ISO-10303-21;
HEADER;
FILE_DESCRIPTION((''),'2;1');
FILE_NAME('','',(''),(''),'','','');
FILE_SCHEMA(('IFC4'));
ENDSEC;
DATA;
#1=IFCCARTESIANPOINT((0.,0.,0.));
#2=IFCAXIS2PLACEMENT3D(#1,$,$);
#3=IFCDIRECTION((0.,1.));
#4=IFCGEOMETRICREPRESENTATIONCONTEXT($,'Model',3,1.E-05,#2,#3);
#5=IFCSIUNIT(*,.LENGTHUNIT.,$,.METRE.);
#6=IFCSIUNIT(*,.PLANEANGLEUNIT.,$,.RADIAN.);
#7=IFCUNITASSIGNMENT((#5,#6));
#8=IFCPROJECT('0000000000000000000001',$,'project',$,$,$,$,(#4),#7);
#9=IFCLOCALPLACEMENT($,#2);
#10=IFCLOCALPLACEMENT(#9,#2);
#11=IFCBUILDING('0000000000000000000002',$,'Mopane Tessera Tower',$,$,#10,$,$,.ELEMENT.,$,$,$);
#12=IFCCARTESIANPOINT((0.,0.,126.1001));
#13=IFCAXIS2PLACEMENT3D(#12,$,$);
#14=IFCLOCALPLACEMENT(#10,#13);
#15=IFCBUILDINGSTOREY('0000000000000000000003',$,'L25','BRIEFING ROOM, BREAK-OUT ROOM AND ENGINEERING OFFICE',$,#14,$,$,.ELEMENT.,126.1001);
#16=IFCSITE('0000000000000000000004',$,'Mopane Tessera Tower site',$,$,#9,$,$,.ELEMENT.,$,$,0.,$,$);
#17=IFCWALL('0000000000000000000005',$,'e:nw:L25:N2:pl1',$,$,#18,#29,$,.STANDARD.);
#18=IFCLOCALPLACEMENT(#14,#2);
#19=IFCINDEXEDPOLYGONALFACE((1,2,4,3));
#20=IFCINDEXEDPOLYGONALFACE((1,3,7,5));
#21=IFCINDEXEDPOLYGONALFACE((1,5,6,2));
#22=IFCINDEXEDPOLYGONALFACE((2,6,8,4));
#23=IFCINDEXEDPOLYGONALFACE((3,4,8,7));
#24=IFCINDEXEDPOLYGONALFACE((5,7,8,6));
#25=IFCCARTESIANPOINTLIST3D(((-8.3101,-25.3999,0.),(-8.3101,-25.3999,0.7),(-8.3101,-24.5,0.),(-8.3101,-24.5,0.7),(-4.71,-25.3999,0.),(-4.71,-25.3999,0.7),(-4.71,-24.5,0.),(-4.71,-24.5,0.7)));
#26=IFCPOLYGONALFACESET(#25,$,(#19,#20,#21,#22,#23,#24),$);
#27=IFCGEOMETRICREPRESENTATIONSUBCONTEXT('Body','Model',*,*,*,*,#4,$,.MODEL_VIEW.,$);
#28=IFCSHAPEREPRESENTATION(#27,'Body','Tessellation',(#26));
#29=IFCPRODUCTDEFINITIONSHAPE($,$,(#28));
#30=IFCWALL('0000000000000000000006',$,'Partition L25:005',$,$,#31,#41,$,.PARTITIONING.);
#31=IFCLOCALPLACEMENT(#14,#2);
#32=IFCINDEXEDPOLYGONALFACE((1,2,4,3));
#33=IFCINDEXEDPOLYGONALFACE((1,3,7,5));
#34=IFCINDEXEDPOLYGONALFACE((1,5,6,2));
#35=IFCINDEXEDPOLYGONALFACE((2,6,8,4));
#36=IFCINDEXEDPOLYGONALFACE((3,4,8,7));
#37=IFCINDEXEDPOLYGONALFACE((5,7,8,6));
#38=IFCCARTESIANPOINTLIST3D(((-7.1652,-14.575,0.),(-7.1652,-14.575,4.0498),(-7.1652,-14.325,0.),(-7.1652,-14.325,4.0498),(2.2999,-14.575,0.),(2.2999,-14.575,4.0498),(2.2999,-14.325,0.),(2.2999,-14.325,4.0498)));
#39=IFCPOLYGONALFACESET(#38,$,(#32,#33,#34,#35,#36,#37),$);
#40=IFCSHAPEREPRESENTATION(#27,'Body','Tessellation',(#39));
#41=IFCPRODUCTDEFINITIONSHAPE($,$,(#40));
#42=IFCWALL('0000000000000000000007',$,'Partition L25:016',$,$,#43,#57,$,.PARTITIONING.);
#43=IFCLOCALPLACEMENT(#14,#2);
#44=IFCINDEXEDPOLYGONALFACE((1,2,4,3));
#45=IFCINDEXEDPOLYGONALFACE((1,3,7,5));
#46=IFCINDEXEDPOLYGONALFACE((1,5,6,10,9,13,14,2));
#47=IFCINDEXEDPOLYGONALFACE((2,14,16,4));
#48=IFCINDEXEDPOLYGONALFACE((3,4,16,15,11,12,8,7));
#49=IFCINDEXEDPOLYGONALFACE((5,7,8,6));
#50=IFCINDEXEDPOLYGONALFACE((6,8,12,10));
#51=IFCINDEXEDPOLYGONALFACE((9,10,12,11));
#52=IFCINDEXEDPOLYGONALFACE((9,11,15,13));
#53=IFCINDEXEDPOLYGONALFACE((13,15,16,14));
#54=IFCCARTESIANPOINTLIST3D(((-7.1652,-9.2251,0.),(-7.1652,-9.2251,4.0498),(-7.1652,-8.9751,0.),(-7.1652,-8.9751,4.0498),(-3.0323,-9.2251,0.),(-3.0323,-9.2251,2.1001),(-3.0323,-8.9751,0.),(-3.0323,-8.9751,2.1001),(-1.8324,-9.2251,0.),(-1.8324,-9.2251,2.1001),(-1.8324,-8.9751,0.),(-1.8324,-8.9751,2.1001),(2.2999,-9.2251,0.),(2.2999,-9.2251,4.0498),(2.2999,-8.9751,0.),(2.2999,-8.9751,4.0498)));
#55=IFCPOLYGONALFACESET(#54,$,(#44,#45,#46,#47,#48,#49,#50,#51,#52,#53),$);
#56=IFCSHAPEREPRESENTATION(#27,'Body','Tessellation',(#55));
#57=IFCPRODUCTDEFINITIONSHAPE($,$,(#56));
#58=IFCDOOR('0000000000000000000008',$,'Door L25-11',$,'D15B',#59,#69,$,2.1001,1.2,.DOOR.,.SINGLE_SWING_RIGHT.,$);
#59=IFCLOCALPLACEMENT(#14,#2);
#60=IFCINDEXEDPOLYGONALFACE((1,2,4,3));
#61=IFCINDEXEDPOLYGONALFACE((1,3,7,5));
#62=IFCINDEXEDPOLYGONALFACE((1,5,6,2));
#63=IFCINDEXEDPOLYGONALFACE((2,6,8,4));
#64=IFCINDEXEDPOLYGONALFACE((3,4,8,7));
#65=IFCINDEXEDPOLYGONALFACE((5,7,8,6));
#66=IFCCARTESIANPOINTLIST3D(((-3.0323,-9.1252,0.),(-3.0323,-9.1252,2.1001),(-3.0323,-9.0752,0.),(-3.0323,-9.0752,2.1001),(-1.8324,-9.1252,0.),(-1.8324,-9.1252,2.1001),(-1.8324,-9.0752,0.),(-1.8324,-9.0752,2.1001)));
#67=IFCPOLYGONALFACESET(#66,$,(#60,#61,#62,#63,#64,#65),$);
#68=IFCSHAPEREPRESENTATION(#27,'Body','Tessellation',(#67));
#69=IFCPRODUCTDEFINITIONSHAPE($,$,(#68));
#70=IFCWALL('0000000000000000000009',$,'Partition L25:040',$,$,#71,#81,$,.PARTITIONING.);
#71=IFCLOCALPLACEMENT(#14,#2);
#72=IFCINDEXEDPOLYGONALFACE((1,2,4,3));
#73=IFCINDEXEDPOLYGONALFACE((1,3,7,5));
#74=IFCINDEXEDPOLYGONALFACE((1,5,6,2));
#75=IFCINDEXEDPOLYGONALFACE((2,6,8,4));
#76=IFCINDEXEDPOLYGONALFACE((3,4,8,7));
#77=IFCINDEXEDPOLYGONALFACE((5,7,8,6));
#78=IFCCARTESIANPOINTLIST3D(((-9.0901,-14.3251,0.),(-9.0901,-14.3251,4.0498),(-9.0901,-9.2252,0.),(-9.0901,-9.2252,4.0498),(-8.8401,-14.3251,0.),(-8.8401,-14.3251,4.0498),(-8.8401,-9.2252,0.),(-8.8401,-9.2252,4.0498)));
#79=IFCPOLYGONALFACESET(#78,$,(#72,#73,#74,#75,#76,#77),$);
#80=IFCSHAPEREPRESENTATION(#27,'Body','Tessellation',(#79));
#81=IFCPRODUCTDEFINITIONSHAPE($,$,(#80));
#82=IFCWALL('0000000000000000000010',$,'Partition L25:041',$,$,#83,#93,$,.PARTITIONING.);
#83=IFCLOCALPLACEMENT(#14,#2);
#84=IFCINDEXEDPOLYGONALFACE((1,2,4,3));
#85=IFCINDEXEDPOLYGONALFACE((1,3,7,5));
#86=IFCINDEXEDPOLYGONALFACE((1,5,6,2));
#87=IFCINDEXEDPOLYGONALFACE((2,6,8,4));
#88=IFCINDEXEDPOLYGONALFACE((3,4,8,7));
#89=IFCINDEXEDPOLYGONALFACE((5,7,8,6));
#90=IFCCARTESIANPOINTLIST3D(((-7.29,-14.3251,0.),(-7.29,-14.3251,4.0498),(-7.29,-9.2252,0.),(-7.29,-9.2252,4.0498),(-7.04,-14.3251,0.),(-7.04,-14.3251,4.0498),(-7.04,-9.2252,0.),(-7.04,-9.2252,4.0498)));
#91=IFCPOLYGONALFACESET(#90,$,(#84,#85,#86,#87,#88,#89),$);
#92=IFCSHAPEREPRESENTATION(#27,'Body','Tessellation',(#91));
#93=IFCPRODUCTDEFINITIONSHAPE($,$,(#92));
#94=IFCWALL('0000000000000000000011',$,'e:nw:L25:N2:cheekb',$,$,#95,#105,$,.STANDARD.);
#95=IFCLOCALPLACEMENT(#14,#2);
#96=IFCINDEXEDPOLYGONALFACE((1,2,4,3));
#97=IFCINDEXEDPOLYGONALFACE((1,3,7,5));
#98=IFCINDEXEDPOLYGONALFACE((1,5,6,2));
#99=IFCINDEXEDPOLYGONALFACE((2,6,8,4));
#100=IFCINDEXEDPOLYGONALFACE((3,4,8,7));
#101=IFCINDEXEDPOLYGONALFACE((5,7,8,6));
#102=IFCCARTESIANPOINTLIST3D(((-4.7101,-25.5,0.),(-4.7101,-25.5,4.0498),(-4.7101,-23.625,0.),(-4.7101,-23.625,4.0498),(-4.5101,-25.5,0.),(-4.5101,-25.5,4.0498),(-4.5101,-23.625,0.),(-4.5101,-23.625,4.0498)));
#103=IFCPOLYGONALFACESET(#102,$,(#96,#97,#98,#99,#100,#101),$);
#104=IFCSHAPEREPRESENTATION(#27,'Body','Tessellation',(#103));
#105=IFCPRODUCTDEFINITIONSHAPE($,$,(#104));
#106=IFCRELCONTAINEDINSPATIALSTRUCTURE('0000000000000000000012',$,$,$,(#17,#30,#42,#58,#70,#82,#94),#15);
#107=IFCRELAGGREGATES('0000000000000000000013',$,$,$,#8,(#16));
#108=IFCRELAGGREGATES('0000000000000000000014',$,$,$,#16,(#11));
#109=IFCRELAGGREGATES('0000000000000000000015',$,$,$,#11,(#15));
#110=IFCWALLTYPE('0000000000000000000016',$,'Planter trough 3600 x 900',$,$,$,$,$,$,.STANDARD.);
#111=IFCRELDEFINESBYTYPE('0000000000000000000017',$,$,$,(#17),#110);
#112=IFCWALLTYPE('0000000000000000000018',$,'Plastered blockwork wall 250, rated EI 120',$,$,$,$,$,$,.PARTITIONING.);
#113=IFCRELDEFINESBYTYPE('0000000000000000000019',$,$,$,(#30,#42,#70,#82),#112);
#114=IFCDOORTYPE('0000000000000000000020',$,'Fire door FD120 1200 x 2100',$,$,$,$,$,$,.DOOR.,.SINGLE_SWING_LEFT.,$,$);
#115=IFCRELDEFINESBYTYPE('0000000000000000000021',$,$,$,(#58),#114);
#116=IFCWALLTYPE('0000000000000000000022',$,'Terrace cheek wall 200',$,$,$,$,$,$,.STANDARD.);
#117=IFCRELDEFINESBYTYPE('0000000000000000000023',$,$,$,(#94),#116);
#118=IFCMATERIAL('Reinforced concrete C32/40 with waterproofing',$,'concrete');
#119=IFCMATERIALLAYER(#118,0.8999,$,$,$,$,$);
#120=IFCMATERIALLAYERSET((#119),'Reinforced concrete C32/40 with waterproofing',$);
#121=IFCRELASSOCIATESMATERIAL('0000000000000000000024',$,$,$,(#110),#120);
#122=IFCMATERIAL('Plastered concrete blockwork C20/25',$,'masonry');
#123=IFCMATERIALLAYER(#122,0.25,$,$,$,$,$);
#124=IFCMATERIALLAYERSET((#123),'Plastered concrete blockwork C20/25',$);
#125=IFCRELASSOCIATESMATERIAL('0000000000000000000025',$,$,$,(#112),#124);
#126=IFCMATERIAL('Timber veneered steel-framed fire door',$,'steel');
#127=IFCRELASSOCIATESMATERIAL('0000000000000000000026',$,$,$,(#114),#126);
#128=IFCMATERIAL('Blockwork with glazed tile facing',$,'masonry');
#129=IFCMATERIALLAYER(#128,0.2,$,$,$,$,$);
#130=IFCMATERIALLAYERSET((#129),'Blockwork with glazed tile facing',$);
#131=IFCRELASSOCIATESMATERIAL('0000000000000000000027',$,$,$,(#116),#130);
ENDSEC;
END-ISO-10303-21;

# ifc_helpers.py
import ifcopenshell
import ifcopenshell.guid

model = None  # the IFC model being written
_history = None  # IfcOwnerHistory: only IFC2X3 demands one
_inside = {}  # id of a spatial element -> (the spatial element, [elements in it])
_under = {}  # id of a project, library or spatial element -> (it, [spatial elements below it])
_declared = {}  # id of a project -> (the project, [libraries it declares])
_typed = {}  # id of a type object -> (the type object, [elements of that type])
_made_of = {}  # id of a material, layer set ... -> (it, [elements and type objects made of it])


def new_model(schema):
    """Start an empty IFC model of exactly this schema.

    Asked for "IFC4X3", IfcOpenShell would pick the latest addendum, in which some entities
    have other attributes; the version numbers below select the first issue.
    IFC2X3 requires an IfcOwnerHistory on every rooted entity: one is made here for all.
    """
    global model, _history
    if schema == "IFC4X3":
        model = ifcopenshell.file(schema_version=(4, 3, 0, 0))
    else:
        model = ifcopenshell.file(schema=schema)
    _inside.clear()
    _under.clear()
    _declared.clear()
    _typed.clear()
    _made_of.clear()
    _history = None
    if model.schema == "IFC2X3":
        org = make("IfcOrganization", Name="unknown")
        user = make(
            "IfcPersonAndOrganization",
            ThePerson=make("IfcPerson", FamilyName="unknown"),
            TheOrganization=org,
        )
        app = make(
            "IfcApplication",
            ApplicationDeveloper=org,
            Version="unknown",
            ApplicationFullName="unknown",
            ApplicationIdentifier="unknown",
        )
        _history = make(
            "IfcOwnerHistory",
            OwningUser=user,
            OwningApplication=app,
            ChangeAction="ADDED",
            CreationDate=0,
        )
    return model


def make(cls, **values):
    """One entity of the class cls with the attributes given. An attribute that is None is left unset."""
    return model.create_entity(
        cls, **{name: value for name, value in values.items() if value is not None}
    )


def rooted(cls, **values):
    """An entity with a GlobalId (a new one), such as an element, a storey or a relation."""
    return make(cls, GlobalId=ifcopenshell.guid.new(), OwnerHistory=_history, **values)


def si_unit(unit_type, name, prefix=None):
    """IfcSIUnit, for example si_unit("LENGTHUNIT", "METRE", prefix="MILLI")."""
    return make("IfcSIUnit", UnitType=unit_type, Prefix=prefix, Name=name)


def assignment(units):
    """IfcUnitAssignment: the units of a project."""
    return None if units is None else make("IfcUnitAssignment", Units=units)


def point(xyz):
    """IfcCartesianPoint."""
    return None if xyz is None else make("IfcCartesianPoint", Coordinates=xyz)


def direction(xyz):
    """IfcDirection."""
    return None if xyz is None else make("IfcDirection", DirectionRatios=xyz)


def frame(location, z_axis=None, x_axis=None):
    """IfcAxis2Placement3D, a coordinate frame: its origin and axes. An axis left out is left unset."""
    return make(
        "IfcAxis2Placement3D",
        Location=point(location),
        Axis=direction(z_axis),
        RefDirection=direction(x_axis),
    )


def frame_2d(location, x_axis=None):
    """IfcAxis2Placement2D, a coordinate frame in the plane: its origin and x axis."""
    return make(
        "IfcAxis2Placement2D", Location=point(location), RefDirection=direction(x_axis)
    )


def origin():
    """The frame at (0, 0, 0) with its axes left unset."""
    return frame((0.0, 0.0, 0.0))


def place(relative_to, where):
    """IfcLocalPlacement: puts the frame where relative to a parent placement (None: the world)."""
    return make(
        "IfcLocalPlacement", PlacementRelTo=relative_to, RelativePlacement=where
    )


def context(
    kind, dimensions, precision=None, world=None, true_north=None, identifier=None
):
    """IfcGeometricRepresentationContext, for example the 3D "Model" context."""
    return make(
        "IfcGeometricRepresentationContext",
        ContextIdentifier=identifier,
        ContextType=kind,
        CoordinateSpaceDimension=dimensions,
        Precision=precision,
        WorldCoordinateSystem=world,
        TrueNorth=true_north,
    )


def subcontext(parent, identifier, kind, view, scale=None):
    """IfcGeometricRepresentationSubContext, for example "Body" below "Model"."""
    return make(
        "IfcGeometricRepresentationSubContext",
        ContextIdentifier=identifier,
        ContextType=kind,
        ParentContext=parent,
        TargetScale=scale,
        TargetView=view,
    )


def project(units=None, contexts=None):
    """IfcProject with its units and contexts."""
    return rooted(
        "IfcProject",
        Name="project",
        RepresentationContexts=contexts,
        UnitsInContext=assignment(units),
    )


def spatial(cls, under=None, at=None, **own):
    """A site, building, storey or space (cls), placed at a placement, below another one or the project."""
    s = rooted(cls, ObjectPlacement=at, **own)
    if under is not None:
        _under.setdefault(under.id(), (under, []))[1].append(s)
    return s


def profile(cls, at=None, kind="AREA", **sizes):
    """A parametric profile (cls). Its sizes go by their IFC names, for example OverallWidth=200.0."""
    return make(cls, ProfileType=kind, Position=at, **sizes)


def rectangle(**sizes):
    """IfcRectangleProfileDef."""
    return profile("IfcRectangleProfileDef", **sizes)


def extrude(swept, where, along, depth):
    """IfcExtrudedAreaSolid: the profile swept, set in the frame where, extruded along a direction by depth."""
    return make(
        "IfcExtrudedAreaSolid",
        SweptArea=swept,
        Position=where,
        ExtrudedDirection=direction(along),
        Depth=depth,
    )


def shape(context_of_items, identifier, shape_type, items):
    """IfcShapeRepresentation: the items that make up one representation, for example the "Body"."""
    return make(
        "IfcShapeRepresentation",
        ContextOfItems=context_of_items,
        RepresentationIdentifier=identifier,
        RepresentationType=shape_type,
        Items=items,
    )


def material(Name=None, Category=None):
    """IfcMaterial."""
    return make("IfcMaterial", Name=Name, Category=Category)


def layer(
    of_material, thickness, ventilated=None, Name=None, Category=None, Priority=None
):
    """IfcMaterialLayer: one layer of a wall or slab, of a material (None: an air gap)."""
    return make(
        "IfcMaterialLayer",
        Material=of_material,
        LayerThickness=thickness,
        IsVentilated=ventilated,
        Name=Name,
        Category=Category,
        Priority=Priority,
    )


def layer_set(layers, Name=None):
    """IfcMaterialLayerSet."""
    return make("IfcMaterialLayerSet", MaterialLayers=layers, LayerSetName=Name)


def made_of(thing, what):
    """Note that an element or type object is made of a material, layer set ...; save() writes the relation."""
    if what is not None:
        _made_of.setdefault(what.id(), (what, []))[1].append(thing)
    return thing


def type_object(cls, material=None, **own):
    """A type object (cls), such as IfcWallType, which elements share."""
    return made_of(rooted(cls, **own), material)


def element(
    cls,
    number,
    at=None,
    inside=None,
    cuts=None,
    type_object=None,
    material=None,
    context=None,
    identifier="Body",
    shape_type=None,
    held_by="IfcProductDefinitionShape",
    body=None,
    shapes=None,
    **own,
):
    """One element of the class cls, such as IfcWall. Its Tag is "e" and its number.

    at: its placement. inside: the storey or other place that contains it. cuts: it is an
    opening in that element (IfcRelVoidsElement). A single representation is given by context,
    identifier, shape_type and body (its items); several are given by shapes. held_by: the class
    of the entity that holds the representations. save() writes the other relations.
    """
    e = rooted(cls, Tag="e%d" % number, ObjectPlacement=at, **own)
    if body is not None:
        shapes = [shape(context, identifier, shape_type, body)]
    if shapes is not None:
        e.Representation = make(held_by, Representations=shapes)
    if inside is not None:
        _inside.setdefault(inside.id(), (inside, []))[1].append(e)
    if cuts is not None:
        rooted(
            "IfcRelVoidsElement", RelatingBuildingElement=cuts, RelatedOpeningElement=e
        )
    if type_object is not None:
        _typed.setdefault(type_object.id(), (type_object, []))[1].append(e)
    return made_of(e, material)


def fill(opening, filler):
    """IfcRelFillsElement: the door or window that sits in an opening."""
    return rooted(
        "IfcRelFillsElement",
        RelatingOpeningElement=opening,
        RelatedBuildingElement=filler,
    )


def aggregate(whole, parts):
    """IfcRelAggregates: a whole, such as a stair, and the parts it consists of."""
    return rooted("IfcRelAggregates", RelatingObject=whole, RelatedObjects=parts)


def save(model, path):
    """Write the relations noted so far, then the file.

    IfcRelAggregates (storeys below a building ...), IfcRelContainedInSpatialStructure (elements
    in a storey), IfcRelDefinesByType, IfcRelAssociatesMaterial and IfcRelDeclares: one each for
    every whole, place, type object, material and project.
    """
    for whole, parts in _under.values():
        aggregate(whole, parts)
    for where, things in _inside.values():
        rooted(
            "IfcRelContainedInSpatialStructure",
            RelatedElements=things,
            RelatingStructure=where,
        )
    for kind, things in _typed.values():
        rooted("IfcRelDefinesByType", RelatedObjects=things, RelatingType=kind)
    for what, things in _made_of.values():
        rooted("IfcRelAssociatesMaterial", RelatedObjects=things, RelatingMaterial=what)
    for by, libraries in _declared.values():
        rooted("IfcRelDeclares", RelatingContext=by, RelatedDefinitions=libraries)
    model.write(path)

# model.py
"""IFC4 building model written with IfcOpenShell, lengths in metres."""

from ifc_helpers import new_model, si_unit, direction, frame, frame_2d, origin, place, context, subcontext, project, spatial, rectangle, extrude, material, layer, layer_set, type_object, element, fill, save


model = new_model("IFC4")

# Units and contexts
model_context = context("Model", 3, precision=1e-05, world=origin(), true_north=direction((0.0, 1.0)))
body_context = subcontext(model_context, "Body", "Model", "MODEL_VIEW")
ifc_project = project(units=[si_unit("LENGTHUNIT", "METRE"), si_unit("PLANEANGLEUNIT", "RADIAN")], contexts=[model_context])

# Site, building, storey
site_placement = place(None, origin())
site = spatial("IfcSite", under=ifc_project, at=site_placement, Name="Mopane Tessera Tower site", CompositionType="ELEMENT", RefElevation=0.0)
building_placement = place(site_placement, origin())
building = spatial("IfcBuilding", under=site, at=building_placement, Name="Mopane Tessera Tower", CompositionType="ELEMENT")
storey_placement = place(building_placement, frame((0.0, 0.0, 126.1001)))
storey = spatial("IfcBuildingStorey", under=building, at=storey_placement, Name="L25", Description="BRIEFING ROOM, BREAK-OUT ROOM AND ENGINEERING OFFICE", CompositionType="ELEMENT", Elevation=126.1001)

# Walls
ifc_material_1 = material(Name="Reinforced concrete C32/40 with waterproofing", Category="concrete")
ifc_layer_1 = layer(ifc_material_1, 0.8999)
ifc_layer_set_1 = layer_set([ifc_layer_1], Name="Reinforced concrete C32/40 with waterproofing")
wall_type_1 = type_object("IfcWallType", Name="Planter trough 3600 x 900", PredefinedType="STANDARD", material=ifc_layer_set_1)
wall_1_placement = place(storey_placement, frame((-8.3101, -24.95, 0.0), z_axis=(0.0, 0.0, 1.0), x_axis=(1.0, 0.0, 0.0)))
element("IfcWall", 1, at=wall_1_placement, inside=storey, type_object=wall_type_1, Name="e:nw:L25:N2:pl1", PredefinedType="STANDARD", context=body_context, shape_type="SweptSolid", body=[
    extrude(rectangle(XDim=3.6001, YDim=0.8999, at=frame_2d((1.8, 0.0))), origin(), (0.0, 0.0, 1.0), 0.7),
])
ifc_material_2 = material(Name="Plastered concrete blockwork C20/25", Category="masonry")
ifc_layer_2 = layer(ifc_material_2, 0.25)
ifc_layer_set_2 = layer_set([ifc_layer_2], Name="Plastered concrete blockwork C20/25")
wall_type_2 = type_object("IfcWallType", Name="Plastered blockwork wall 250, rated EI 120", PredefinedType="PARTITIONING", material=ifc_layer_set_2)
wall_2_placement = place(storey_placement, frame((-7.165, -14.45, 0.0), z_axis=(0.0, 0.0, 1.0), x_axis=(1.0, 0.0, 0.0)))
element("IfcWall", 2, at=wall_2_placement, inside=storey, type_object=wall_type_2, Name="Partition L25:005", PredefinedType="PARTITIONING", context=body_context, shape_type="SweptSolid", body=[
    extrude(rectangle(XDim=9.4651, YDim=0.25, at=frame_2d((4.7324, 0.0))), origin(), (0.0, 0.0, 1.0), 4.0498),
])

# Wall, opening, door
wall_3_placement = place(storey_placement, frame((-7.165, -9.1001, 0.0), z_axis=(0.0, 0.0, 1.0), x_axis=(1.0, 0.0, 0.0)))
wall_3 = element("IfcWall", 3, at=wall_3_placement, inside=storey, type_object=wall_type_2, Name="Partition L25:016", PredefinedType="PARTITIONING", context=body_context, shape_type="SweptSolid", body=[
    extrude(rectangle(XDim=9.4651, YDim=0.25, at=frame_2d((4.7324, 0.0))), origin(), (0.0, 0.0, 1.0), 4.0498),
])
opening_1_placement = place(wall_3_placement, frame((4.1326, 0.0, 0.0)))
opening_1 = element("IfcOpeningElement", 4, at=opening_1_placement, cuts=wall_3, PredefinedType="OPENING", context=body_context, shape_type="SweptSolid", body=[
    extrude(rectangle(XDim=1.2, YDim=2.1001, at=frame_2d((0.6001, 1.05))), frame((0.0, 0.137, 0.0), z_axis=(0.0, -1.0, 0.0), x_axis=(1.0, 0.0, 0.0)), (0.0, 0.0, 1.0), 0.2739),
])
ifc_material_3 = material(Name="Timber veneered steel-framed fire door", Category="steel")
door_type_1 = type_object("IfcDoorType", Name="Fire door FD120 1200 x 2100", OperationType="SINGLE_SWING_LEFT", PredefinedType="DOOR", material=ifc_material_3)
door_1_placement = place(opening_1_placement, origin())
door_1 = element("IfcDoor", 5, at=door_1_placement, inside=storey, type_object=door_type_1, Name="Door L25-11", ObjectType="D15B", OperationType="SINGLE_SWING_RIGHT", OverallHeight=2.1001, OverallWidth=1.2, PredefinedType="DOOR", context=body_context, shape_type="SweptSolid", body=[
    extrude(rectangle(XDim=1.2, YDim=2.1001, at=frame_2d((0.6001, 1.05))), frame((0.0, 0.0249, 0.0), z_axis=(0.0, -1.0, 0.0), x_axis=(1.0, 0.0, 0.0)), (0.0, 0.0, 1.0), 0.05),
])
fill(opening_1, door_1)

# Walls
for number, where, z_axis, x_axis, name in (
    (6, (-8.9651, -14.325, 0.0), (0.0, 0.0, 1.0), (0.0, 1.0, 0.0), "Partition L25:040"),
    (7, (-7.165, -14.325, 0.0), (0.0, 0.0, 1.0), (0.0, 1.0, 0.0), "Partition L25:041"),
):
    element("IfcWall", number, at=place(storey_placement, frame(where, z_axis=z_axis, x_axis=x_axis)), inside=storey, type_object=wall_type_2, Name=name, PredefinedType="PARTITIONING", context=body_context, shape_type="SweptSolid", body=[
        extrude(rectangle(XDim=5.0999, YDim=0.25, at=frame_2d((2.5498, 0.0))), origin(), (0.0, 0.0, 1.0), 4.0498),
    ])
ifc_material_4 = material(Name="Blockwork with glazed tile facing", Category="masonry")
ifc_layer_3 = layer(ifc_material_4, 0.2)
ifc_layer_set_3 = layer_set([ifc_layer_3], Name="Blockwork with glazed tile facing")
wall_type_3 = type_object("IfcWallType", Name="Terrace cheek wall 200", PredefinedType="STANDARD", material=ifc_layer_set_3)
wall_4_placement = place(storey_placement, frame((-4.6101, -25.5, 0.0), z_axis=(0.0, 0.0, 1.0), x_axis=(0.0, 1.0, 0.0)))
element("IfcWall", 8, at=wall_4_placement, inside=storey, type_object=wall_type_3, Name="e:nw:L25:N2:cheekb", PredefinedType="STANDARD", context=body_context, shape_type="SweptSolid", body=[
    extrude(rectangle(XDim=1.875, YDim=0.2, at=frame_2d((0.9375, 0.0))), origin(), (0.0, 0.0, 1.0), 4.0498),
])

save(model, "model.ifc")
